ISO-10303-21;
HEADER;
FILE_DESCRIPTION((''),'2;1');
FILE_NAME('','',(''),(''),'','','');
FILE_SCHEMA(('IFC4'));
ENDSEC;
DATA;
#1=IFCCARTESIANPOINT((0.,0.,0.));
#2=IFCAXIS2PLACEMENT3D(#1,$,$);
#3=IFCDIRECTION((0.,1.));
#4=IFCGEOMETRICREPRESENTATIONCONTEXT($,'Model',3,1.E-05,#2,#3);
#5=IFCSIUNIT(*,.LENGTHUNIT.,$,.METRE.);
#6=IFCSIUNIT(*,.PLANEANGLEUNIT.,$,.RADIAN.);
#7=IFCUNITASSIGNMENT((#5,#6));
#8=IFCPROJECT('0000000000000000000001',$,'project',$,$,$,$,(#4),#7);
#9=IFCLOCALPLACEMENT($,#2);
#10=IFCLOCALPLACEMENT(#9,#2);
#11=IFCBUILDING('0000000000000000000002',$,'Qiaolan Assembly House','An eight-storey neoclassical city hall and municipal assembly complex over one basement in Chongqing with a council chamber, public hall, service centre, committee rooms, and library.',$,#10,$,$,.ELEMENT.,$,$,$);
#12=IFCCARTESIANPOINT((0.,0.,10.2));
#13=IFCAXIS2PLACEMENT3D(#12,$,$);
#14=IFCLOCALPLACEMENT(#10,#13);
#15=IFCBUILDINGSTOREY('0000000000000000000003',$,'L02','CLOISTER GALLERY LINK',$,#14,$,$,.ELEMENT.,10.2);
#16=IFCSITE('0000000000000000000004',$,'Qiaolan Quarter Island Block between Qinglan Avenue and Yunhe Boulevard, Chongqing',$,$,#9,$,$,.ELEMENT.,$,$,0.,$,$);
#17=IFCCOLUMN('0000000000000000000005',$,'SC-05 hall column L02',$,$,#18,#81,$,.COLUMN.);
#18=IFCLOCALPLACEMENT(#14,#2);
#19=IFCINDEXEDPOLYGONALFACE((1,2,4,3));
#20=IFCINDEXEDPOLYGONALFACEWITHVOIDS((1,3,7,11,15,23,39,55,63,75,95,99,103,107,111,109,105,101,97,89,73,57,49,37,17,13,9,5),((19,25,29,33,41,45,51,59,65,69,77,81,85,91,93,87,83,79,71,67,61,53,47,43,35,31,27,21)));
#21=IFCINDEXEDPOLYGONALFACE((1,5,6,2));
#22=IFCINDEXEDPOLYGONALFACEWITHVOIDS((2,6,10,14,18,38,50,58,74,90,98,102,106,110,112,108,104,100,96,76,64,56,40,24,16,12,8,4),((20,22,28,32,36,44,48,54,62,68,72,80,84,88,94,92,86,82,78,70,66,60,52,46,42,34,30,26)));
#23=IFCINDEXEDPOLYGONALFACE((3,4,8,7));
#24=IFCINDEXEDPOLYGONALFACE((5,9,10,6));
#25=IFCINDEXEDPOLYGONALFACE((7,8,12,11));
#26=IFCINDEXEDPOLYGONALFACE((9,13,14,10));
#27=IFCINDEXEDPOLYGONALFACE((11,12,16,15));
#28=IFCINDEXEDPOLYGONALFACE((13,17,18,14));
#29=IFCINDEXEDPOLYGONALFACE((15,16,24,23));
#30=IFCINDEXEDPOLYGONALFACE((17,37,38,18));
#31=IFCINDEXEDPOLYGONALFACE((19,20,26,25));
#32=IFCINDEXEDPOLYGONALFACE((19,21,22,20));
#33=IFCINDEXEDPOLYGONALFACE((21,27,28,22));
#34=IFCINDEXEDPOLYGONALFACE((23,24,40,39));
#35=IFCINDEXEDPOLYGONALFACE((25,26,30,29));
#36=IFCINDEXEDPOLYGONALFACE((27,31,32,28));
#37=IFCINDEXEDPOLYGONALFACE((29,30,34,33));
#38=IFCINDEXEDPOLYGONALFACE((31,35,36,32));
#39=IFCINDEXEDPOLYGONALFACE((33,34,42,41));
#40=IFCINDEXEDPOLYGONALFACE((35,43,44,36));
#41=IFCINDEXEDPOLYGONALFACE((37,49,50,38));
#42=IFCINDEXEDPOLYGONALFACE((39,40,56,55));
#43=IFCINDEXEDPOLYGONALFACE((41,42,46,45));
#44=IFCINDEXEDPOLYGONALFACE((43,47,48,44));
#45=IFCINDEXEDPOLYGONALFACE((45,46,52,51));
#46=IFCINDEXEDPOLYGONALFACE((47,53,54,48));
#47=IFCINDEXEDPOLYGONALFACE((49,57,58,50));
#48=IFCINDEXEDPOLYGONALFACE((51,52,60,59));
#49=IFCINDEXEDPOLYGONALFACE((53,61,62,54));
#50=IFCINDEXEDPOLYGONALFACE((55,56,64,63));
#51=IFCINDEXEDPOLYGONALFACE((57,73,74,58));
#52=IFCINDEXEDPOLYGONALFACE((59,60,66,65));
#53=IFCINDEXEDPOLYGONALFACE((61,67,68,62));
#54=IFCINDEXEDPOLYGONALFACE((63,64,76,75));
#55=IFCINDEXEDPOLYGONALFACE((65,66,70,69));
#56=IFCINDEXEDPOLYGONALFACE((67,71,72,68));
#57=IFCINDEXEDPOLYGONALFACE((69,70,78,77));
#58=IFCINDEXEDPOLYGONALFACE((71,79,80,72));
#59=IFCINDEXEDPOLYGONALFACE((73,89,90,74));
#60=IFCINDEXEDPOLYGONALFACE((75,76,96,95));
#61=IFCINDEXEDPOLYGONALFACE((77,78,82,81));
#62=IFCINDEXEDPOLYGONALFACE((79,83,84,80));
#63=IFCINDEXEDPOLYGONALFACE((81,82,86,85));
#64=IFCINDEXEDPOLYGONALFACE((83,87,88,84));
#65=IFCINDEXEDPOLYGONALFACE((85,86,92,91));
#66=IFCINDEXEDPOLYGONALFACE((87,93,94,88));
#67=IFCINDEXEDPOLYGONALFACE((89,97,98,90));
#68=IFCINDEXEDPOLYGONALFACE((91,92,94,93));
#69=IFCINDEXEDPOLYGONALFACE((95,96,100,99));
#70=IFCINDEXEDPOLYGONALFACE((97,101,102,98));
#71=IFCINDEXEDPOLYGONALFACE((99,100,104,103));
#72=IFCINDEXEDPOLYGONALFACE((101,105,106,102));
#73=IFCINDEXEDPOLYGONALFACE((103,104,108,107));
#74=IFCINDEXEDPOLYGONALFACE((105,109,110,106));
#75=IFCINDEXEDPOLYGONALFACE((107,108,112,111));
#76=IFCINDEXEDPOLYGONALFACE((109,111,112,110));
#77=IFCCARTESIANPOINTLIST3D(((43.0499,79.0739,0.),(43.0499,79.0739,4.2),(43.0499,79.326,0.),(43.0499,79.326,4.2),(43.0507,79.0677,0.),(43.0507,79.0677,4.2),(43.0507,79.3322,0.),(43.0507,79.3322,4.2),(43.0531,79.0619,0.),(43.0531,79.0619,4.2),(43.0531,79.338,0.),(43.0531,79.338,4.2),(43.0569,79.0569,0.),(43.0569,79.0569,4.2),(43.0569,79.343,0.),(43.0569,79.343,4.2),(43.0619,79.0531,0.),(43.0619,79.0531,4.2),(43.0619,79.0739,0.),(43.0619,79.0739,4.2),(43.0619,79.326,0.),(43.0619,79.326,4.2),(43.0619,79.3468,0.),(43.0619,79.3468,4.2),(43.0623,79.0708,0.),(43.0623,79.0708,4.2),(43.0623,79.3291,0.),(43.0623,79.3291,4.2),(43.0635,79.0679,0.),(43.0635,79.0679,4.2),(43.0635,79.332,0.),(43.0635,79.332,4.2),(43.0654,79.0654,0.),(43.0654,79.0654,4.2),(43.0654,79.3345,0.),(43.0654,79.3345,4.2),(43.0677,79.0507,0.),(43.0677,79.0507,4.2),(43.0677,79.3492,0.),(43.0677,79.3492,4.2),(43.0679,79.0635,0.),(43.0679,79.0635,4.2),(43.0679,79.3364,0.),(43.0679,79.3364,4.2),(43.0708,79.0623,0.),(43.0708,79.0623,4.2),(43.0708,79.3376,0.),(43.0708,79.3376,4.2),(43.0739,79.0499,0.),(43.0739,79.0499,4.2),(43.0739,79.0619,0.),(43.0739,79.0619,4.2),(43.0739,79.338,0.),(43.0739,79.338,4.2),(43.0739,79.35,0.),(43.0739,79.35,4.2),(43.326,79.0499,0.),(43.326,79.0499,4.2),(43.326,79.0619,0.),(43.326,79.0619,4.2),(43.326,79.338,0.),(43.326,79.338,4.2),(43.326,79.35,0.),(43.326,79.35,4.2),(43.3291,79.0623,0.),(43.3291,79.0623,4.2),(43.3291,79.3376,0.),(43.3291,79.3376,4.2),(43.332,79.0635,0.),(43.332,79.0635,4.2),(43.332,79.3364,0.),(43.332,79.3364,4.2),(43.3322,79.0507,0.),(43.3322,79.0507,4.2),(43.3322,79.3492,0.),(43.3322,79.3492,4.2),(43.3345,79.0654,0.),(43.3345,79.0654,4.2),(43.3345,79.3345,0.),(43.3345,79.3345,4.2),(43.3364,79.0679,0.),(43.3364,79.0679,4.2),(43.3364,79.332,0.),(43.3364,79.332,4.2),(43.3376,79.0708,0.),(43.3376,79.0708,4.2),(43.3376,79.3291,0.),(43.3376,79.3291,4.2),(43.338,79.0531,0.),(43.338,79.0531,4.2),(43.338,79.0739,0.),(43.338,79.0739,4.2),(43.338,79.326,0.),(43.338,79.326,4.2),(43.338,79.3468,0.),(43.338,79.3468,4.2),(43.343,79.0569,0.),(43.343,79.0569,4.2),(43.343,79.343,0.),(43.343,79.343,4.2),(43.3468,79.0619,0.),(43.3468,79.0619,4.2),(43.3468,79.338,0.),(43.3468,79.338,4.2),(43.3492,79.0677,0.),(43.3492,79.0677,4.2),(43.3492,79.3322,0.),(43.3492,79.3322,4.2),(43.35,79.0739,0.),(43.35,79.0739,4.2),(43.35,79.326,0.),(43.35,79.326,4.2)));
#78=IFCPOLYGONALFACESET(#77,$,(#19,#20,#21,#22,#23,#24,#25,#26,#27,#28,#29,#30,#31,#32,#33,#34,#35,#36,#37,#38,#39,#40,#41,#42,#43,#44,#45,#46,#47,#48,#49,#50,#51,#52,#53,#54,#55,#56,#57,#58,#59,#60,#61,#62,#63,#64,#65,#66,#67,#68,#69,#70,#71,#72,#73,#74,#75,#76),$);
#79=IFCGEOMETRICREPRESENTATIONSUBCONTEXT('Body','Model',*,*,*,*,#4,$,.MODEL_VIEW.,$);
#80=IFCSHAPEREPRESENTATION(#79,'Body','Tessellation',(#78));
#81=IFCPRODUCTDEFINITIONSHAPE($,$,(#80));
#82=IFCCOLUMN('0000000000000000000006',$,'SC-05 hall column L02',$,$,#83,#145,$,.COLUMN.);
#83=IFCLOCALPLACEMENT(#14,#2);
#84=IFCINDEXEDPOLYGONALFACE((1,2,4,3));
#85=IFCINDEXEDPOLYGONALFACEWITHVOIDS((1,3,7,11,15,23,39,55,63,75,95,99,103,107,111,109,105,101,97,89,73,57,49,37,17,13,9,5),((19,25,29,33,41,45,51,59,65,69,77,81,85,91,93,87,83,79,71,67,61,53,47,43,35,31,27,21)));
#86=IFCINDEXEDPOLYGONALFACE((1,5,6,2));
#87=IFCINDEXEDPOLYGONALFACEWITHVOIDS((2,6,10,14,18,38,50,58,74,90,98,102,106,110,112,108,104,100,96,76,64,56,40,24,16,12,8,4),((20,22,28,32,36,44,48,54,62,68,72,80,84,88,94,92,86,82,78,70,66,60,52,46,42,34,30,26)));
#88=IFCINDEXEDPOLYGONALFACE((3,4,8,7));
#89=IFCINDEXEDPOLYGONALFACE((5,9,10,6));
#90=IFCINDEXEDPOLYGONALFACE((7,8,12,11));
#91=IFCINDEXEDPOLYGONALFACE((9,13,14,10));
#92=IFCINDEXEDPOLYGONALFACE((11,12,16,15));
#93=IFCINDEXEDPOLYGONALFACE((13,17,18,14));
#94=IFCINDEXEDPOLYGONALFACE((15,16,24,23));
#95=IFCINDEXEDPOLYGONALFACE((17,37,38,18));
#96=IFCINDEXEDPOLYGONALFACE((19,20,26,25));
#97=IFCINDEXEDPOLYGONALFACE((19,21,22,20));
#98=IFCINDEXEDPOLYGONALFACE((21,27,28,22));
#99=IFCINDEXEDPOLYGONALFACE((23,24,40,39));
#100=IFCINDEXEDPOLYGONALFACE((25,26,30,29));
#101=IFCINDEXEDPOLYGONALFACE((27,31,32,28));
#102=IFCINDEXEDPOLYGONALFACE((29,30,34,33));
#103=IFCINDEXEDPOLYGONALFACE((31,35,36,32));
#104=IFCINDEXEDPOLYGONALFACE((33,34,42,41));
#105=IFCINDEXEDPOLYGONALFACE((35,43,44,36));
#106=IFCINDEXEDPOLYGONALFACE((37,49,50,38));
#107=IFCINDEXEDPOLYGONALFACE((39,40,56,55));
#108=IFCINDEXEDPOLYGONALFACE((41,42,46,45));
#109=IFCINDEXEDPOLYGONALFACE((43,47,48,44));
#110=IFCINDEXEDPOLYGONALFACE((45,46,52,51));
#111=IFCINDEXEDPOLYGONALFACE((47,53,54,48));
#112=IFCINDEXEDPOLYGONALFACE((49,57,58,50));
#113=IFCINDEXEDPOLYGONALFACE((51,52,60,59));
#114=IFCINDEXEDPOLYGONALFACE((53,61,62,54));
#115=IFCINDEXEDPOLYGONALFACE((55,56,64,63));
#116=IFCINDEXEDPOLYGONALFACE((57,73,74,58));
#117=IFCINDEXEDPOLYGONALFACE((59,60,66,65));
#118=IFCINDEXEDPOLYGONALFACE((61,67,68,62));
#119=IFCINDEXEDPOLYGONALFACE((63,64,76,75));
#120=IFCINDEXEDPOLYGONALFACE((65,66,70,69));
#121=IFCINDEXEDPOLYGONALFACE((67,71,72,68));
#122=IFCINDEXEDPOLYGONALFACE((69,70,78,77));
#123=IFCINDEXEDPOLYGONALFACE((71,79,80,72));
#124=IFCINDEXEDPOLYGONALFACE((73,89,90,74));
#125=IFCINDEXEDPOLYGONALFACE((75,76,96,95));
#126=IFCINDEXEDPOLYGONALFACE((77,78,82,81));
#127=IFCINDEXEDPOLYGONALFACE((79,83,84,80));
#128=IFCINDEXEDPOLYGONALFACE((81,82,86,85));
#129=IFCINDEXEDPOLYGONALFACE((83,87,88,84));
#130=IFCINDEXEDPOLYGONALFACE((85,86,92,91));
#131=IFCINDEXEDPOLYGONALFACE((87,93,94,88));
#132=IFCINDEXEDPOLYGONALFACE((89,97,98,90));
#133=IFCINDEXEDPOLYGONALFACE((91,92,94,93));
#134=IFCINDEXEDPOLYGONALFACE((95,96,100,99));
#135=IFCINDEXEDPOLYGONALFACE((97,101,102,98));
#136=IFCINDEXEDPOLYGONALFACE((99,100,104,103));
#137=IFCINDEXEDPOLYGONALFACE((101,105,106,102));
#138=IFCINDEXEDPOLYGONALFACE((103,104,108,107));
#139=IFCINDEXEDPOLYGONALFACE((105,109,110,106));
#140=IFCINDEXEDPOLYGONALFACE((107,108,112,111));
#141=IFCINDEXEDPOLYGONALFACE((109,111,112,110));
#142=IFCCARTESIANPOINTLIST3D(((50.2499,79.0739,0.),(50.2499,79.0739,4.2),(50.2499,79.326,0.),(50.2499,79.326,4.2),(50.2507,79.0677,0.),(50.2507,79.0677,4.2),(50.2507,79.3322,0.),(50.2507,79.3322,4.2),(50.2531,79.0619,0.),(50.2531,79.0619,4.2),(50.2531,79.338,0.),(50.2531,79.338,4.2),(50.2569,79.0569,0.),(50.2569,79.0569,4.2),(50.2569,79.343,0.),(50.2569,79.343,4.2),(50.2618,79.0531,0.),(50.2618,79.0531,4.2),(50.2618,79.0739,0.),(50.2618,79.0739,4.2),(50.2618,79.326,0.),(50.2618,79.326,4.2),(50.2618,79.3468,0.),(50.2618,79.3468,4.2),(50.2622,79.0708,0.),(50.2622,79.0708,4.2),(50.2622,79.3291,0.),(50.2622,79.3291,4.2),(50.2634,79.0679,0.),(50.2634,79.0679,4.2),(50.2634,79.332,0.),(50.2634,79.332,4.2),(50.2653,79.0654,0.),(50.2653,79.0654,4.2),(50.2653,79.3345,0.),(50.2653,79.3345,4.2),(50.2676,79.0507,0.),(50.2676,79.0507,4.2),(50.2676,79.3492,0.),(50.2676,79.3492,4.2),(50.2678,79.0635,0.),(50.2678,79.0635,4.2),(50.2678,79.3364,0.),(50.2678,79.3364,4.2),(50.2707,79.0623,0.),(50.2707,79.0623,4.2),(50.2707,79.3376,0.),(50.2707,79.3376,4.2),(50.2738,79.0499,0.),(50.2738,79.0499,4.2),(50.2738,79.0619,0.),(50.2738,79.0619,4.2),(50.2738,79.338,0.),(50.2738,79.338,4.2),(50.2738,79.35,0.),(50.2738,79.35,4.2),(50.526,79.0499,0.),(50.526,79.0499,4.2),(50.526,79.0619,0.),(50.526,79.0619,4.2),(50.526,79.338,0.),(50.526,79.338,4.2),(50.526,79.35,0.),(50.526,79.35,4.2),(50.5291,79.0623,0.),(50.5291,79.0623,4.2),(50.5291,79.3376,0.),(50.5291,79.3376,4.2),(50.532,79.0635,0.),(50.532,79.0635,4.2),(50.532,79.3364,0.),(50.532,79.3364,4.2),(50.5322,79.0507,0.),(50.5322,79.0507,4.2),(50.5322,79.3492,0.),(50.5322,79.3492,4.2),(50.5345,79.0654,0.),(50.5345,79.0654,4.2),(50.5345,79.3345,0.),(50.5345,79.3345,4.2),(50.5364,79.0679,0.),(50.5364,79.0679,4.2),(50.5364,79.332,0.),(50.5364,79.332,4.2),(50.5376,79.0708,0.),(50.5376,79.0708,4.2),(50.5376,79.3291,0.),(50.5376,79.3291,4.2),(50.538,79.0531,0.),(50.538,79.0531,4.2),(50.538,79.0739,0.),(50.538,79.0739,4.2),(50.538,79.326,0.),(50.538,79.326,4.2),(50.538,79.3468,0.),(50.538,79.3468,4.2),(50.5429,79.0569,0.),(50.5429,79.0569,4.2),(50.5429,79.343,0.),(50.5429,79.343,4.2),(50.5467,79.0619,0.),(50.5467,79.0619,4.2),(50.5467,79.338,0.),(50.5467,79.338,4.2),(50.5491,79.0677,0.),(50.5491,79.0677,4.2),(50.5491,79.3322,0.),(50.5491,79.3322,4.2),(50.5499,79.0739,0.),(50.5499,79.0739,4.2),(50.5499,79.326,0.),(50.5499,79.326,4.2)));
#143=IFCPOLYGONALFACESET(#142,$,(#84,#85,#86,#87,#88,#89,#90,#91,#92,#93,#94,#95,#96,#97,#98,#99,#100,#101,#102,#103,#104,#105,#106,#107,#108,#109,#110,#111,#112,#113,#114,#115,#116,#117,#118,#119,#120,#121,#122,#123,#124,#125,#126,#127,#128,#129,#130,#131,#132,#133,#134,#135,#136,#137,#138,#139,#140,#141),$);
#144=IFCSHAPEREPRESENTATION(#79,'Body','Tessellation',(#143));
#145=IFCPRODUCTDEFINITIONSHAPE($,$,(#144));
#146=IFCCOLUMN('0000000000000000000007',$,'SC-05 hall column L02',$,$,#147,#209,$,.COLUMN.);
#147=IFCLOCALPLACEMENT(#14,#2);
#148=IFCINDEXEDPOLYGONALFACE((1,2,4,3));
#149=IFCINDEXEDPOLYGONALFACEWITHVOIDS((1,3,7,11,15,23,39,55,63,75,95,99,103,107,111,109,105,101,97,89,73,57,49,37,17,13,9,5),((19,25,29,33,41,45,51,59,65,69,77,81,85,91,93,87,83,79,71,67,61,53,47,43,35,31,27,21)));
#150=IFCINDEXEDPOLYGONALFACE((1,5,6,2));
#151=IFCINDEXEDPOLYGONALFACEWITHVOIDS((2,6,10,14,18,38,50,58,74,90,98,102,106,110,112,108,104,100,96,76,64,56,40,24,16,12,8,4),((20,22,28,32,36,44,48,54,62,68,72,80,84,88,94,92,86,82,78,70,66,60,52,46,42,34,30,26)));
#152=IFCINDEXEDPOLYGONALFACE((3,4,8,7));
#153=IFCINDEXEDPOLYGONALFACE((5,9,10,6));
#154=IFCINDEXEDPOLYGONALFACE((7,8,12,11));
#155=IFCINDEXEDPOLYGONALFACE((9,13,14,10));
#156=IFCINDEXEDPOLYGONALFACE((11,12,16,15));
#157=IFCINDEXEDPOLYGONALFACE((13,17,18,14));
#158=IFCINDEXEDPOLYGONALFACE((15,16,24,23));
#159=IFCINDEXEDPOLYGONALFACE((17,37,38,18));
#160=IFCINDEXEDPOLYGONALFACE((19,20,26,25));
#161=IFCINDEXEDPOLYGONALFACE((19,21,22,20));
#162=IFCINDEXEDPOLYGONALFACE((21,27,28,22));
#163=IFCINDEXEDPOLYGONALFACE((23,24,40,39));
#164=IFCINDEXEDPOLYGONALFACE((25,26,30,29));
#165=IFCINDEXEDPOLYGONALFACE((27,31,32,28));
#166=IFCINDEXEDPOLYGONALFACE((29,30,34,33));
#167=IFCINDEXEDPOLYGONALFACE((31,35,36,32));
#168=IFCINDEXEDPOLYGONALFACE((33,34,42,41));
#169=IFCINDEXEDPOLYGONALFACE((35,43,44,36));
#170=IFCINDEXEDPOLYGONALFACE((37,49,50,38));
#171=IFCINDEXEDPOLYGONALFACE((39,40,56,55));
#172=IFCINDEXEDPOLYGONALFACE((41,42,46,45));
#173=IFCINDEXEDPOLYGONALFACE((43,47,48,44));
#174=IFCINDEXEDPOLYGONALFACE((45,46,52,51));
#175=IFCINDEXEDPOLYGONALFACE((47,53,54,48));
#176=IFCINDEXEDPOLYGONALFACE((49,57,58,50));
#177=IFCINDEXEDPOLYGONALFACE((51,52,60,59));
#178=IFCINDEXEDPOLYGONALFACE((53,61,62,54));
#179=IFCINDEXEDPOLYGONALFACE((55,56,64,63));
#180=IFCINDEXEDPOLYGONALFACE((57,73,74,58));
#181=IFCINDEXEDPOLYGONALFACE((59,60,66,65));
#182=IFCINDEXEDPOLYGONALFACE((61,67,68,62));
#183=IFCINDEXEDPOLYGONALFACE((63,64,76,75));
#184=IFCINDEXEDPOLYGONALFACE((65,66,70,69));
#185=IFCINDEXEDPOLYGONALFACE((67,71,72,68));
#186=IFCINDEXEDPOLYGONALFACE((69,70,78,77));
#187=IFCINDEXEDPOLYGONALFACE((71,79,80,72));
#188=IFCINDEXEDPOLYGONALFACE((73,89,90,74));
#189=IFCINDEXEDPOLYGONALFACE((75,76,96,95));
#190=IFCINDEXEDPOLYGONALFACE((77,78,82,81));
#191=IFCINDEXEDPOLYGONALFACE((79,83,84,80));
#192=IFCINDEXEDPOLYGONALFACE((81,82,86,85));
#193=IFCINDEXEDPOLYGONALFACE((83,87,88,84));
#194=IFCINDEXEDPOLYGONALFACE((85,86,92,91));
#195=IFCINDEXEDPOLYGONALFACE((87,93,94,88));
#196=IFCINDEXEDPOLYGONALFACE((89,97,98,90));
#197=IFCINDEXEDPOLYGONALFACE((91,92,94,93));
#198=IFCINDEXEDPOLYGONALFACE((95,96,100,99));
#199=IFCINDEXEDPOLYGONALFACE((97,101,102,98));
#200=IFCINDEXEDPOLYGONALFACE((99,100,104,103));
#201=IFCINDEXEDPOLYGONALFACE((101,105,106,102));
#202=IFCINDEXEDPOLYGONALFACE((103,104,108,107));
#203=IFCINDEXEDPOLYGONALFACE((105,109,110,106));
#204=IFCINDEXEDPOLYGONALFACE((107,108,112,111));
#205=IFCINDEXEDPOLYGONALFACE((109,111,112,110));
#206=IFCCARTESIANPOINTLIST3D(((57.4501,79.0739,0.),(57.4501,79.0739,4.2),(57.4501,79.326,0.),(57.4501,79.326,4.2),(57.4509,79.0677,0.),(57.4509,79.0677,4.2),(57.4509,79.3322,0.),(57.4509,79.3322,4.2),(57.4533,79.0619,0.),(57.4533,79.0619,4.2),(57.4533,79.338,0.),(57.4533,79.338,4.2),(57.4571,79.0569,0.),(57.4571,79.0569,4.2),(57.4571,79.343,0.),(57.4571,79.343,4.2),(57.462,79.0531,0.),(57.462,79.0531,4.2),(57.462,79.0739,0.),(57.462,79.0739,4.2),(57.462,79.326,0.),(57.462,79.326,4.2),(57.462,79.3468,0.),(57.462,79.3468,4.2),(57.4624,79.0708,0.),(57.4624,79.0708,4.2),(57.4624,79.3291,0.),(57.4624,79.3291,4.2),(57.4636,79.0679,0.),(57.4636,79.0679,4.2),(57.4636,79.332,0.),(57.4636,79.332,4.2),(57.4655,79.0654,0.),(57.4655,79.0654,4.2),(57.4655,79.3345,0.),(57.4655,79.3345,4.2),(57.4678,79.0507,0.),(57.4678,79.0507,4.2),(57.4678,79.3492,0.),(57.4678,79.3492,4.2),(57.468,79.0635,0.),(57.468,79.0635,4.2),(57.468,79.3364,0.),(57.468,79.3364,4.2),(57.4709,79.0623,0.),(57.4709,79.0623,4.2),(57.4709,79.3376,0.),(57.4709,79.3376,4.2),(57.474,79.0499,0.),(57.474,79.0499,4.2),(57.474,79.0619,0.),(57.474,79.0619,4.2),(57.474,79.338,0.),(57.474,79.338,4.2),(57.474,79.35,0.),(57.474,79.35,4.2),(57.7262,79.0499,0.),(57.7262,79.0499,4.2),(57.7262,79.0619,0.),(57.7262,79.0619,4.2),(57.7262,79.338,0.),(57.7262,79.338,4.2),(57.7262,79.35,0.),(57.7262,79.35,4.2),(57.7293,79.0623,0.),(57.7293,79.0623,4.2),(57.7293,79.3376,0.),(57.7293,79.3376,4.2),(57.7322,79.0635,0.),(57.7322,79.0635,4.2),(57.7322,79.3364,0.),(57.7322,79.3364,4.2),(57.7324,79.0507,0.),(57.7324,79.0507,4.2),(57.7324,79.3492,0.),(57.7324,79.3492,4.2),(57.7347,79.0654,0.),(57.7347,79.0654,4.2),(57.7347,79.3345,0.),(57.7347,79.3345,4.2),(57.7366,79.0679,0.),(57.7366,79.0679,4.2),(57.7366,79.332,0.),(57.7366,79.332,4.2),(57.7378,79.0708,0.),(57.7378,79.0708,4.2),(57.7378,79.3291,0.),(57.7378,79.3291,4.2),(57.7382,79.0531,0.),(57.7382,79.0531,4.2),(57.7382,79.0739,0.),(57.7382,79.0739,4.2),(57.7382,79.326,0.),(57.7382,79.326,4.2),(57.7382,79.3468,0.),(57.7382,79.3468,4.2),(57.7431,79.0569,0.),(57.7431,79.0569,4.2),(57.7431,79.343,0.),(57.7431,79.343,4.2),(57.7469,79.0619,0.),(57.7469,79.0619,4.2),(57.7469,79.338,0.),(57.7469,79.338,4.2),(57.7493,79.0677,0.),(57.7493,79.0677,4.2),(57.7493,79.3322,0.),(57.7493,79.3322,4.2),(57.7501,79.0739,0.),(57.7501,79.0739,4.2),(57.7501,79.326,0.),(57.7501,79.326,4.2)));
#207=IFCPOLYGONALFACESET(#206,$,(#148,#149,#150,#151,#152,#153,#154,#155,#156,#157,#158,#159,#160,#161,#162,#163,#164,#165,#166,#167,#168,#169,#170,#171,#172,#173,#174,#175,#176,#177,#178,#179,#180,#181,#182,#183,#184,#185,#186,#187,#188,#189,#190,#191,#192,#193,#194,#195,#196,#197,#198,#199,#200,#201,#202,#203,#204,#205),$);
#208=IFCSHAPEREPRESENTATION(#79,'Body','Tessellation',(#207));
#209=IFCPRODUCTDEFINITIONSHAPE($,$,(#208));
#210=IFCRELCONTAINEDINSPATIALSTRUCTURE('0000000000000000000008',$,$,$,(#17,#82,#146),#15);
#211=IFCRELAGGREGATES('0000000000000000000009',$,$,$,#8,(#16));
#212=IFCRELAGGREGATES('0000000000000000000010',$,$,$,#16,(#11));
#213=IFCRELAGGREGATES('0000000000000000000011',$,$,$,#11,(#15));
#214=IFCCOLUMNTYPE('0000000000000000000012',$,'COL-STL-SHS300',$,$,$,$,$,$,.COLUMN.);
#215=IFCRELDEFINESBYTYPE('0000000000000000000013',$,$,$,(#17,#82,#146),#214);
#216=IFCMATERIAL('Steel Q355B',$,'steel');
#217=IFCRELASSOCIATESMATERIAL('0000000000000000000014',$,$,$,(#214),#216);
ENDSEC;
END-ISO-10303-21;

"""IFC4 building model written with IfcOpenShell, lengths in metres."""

from ifc_helpers import new_model, si_unit, direction, frame, origin, origin_2d, place, context, subcontext, project, spatial, hollow_rectangle, extrude, material, material_profile, profile_set, type_object, element, save


model = new_model("IFC4")

# Units and contexts
model_context = context("Model", 3, precision=1e-05, world=origin(), true_north=direction((0.0, 1.0)))
body_context = subcontext(model_context, "Body", "Model", "MODEL_VIEW")
ifc_project = project(units=[si_unit("LENGTHUNIT", "METRE"), si_unit("PLANEANGLEUNIT", "RADIAN")], contexts=[model_context])

# Site, building, storey
site_placement = place(None, origin())
site = spatial("IfcSite", under=ifc_project, at=site_placement, Name="Qiaolan Quarter Island Block between Qinglan Avenue and Yunhe Boulevard, Chongqing", CompositionType="ELEMENT", RefElevation=0.0)
building_placement = place(site_placement, origin())
building = spatial("IfcBuilding", under=site, at=building_placement, Name="Qiaolan Assembly House", Description="An eight-storey neoclassical city hall and municipal assembly complex over one basement in Chongqing with a council chamber, public hall, service centre, committee rooms, and library.", CompositionType="ELEMENT")
storey_placement = place(building_placement, frame((0.0, 0.0, 10.2)))
storey = spatial("IfcBuildingStorey", under=building, at=storey_placement, Name="L02", Description="CLOISTER GALLERY LINK", CompositionType="ELEMENT", Elevation=10.2)

# Columns
ifc_material_1 = material(Name="Steel Q355B", Category="steel")
ifc_material_profile_1 = material_profile(ifc_material_1, hollow_rectangle(XDim=0.3, YDim=0.3, WallThickness=0.012, InnerFilletRadius=0.012, OuterFilletRadius=0.0239, at=origin_2d()), Name="SHS 300x300x12")
ifc_profile_set_1 = profile_set([ifc_material_profile_1], Name="Steel Q355B")
column_type = type_object("IfcColumnType", Name="COL-STL-SHS300", PredefinedType="COLUMN", material=ifc_profile_set_1)
for number, where, z_axis, x_axis, name in (
    (1, (43.2, 79.2, 0.0), (0.0, 0.0, 1.0), (1.0, 0.0, 0.0), "SC-05 hall column L02"),
    (2, (50.3999, 79.2, 0.0), (0.0, 0.0, 1.0), (1.0, 0.0, 0.0), "SC-05 hall column L02"),
    (3, (57.6001, 79.2, 0.0), (0.0, 0.0, 1.0), (1.0, 0.0, 0.0), "SC-05 hall column L02"),
):
    element("IfcColumn", number, at=place(storey_placement, frame(where, z_axis=z_axis, x_axis=x_axis)), inside=storey, type_object=column_type, Name=name, PredefinedType="COLUMN", context=body_context, shape_type="SweptSolid", body=[
        extrude(hollow_rectangle(XDim=0.3, YDim=0.3, WallThickness=0.012, InnerFilletRadius=0.012, OuterFilletRadius=0.0239, at=origin_2d()), origin(), (0.0, 0.0, 1.0), 4.2),
    ])

save(model, "model.ifc")
